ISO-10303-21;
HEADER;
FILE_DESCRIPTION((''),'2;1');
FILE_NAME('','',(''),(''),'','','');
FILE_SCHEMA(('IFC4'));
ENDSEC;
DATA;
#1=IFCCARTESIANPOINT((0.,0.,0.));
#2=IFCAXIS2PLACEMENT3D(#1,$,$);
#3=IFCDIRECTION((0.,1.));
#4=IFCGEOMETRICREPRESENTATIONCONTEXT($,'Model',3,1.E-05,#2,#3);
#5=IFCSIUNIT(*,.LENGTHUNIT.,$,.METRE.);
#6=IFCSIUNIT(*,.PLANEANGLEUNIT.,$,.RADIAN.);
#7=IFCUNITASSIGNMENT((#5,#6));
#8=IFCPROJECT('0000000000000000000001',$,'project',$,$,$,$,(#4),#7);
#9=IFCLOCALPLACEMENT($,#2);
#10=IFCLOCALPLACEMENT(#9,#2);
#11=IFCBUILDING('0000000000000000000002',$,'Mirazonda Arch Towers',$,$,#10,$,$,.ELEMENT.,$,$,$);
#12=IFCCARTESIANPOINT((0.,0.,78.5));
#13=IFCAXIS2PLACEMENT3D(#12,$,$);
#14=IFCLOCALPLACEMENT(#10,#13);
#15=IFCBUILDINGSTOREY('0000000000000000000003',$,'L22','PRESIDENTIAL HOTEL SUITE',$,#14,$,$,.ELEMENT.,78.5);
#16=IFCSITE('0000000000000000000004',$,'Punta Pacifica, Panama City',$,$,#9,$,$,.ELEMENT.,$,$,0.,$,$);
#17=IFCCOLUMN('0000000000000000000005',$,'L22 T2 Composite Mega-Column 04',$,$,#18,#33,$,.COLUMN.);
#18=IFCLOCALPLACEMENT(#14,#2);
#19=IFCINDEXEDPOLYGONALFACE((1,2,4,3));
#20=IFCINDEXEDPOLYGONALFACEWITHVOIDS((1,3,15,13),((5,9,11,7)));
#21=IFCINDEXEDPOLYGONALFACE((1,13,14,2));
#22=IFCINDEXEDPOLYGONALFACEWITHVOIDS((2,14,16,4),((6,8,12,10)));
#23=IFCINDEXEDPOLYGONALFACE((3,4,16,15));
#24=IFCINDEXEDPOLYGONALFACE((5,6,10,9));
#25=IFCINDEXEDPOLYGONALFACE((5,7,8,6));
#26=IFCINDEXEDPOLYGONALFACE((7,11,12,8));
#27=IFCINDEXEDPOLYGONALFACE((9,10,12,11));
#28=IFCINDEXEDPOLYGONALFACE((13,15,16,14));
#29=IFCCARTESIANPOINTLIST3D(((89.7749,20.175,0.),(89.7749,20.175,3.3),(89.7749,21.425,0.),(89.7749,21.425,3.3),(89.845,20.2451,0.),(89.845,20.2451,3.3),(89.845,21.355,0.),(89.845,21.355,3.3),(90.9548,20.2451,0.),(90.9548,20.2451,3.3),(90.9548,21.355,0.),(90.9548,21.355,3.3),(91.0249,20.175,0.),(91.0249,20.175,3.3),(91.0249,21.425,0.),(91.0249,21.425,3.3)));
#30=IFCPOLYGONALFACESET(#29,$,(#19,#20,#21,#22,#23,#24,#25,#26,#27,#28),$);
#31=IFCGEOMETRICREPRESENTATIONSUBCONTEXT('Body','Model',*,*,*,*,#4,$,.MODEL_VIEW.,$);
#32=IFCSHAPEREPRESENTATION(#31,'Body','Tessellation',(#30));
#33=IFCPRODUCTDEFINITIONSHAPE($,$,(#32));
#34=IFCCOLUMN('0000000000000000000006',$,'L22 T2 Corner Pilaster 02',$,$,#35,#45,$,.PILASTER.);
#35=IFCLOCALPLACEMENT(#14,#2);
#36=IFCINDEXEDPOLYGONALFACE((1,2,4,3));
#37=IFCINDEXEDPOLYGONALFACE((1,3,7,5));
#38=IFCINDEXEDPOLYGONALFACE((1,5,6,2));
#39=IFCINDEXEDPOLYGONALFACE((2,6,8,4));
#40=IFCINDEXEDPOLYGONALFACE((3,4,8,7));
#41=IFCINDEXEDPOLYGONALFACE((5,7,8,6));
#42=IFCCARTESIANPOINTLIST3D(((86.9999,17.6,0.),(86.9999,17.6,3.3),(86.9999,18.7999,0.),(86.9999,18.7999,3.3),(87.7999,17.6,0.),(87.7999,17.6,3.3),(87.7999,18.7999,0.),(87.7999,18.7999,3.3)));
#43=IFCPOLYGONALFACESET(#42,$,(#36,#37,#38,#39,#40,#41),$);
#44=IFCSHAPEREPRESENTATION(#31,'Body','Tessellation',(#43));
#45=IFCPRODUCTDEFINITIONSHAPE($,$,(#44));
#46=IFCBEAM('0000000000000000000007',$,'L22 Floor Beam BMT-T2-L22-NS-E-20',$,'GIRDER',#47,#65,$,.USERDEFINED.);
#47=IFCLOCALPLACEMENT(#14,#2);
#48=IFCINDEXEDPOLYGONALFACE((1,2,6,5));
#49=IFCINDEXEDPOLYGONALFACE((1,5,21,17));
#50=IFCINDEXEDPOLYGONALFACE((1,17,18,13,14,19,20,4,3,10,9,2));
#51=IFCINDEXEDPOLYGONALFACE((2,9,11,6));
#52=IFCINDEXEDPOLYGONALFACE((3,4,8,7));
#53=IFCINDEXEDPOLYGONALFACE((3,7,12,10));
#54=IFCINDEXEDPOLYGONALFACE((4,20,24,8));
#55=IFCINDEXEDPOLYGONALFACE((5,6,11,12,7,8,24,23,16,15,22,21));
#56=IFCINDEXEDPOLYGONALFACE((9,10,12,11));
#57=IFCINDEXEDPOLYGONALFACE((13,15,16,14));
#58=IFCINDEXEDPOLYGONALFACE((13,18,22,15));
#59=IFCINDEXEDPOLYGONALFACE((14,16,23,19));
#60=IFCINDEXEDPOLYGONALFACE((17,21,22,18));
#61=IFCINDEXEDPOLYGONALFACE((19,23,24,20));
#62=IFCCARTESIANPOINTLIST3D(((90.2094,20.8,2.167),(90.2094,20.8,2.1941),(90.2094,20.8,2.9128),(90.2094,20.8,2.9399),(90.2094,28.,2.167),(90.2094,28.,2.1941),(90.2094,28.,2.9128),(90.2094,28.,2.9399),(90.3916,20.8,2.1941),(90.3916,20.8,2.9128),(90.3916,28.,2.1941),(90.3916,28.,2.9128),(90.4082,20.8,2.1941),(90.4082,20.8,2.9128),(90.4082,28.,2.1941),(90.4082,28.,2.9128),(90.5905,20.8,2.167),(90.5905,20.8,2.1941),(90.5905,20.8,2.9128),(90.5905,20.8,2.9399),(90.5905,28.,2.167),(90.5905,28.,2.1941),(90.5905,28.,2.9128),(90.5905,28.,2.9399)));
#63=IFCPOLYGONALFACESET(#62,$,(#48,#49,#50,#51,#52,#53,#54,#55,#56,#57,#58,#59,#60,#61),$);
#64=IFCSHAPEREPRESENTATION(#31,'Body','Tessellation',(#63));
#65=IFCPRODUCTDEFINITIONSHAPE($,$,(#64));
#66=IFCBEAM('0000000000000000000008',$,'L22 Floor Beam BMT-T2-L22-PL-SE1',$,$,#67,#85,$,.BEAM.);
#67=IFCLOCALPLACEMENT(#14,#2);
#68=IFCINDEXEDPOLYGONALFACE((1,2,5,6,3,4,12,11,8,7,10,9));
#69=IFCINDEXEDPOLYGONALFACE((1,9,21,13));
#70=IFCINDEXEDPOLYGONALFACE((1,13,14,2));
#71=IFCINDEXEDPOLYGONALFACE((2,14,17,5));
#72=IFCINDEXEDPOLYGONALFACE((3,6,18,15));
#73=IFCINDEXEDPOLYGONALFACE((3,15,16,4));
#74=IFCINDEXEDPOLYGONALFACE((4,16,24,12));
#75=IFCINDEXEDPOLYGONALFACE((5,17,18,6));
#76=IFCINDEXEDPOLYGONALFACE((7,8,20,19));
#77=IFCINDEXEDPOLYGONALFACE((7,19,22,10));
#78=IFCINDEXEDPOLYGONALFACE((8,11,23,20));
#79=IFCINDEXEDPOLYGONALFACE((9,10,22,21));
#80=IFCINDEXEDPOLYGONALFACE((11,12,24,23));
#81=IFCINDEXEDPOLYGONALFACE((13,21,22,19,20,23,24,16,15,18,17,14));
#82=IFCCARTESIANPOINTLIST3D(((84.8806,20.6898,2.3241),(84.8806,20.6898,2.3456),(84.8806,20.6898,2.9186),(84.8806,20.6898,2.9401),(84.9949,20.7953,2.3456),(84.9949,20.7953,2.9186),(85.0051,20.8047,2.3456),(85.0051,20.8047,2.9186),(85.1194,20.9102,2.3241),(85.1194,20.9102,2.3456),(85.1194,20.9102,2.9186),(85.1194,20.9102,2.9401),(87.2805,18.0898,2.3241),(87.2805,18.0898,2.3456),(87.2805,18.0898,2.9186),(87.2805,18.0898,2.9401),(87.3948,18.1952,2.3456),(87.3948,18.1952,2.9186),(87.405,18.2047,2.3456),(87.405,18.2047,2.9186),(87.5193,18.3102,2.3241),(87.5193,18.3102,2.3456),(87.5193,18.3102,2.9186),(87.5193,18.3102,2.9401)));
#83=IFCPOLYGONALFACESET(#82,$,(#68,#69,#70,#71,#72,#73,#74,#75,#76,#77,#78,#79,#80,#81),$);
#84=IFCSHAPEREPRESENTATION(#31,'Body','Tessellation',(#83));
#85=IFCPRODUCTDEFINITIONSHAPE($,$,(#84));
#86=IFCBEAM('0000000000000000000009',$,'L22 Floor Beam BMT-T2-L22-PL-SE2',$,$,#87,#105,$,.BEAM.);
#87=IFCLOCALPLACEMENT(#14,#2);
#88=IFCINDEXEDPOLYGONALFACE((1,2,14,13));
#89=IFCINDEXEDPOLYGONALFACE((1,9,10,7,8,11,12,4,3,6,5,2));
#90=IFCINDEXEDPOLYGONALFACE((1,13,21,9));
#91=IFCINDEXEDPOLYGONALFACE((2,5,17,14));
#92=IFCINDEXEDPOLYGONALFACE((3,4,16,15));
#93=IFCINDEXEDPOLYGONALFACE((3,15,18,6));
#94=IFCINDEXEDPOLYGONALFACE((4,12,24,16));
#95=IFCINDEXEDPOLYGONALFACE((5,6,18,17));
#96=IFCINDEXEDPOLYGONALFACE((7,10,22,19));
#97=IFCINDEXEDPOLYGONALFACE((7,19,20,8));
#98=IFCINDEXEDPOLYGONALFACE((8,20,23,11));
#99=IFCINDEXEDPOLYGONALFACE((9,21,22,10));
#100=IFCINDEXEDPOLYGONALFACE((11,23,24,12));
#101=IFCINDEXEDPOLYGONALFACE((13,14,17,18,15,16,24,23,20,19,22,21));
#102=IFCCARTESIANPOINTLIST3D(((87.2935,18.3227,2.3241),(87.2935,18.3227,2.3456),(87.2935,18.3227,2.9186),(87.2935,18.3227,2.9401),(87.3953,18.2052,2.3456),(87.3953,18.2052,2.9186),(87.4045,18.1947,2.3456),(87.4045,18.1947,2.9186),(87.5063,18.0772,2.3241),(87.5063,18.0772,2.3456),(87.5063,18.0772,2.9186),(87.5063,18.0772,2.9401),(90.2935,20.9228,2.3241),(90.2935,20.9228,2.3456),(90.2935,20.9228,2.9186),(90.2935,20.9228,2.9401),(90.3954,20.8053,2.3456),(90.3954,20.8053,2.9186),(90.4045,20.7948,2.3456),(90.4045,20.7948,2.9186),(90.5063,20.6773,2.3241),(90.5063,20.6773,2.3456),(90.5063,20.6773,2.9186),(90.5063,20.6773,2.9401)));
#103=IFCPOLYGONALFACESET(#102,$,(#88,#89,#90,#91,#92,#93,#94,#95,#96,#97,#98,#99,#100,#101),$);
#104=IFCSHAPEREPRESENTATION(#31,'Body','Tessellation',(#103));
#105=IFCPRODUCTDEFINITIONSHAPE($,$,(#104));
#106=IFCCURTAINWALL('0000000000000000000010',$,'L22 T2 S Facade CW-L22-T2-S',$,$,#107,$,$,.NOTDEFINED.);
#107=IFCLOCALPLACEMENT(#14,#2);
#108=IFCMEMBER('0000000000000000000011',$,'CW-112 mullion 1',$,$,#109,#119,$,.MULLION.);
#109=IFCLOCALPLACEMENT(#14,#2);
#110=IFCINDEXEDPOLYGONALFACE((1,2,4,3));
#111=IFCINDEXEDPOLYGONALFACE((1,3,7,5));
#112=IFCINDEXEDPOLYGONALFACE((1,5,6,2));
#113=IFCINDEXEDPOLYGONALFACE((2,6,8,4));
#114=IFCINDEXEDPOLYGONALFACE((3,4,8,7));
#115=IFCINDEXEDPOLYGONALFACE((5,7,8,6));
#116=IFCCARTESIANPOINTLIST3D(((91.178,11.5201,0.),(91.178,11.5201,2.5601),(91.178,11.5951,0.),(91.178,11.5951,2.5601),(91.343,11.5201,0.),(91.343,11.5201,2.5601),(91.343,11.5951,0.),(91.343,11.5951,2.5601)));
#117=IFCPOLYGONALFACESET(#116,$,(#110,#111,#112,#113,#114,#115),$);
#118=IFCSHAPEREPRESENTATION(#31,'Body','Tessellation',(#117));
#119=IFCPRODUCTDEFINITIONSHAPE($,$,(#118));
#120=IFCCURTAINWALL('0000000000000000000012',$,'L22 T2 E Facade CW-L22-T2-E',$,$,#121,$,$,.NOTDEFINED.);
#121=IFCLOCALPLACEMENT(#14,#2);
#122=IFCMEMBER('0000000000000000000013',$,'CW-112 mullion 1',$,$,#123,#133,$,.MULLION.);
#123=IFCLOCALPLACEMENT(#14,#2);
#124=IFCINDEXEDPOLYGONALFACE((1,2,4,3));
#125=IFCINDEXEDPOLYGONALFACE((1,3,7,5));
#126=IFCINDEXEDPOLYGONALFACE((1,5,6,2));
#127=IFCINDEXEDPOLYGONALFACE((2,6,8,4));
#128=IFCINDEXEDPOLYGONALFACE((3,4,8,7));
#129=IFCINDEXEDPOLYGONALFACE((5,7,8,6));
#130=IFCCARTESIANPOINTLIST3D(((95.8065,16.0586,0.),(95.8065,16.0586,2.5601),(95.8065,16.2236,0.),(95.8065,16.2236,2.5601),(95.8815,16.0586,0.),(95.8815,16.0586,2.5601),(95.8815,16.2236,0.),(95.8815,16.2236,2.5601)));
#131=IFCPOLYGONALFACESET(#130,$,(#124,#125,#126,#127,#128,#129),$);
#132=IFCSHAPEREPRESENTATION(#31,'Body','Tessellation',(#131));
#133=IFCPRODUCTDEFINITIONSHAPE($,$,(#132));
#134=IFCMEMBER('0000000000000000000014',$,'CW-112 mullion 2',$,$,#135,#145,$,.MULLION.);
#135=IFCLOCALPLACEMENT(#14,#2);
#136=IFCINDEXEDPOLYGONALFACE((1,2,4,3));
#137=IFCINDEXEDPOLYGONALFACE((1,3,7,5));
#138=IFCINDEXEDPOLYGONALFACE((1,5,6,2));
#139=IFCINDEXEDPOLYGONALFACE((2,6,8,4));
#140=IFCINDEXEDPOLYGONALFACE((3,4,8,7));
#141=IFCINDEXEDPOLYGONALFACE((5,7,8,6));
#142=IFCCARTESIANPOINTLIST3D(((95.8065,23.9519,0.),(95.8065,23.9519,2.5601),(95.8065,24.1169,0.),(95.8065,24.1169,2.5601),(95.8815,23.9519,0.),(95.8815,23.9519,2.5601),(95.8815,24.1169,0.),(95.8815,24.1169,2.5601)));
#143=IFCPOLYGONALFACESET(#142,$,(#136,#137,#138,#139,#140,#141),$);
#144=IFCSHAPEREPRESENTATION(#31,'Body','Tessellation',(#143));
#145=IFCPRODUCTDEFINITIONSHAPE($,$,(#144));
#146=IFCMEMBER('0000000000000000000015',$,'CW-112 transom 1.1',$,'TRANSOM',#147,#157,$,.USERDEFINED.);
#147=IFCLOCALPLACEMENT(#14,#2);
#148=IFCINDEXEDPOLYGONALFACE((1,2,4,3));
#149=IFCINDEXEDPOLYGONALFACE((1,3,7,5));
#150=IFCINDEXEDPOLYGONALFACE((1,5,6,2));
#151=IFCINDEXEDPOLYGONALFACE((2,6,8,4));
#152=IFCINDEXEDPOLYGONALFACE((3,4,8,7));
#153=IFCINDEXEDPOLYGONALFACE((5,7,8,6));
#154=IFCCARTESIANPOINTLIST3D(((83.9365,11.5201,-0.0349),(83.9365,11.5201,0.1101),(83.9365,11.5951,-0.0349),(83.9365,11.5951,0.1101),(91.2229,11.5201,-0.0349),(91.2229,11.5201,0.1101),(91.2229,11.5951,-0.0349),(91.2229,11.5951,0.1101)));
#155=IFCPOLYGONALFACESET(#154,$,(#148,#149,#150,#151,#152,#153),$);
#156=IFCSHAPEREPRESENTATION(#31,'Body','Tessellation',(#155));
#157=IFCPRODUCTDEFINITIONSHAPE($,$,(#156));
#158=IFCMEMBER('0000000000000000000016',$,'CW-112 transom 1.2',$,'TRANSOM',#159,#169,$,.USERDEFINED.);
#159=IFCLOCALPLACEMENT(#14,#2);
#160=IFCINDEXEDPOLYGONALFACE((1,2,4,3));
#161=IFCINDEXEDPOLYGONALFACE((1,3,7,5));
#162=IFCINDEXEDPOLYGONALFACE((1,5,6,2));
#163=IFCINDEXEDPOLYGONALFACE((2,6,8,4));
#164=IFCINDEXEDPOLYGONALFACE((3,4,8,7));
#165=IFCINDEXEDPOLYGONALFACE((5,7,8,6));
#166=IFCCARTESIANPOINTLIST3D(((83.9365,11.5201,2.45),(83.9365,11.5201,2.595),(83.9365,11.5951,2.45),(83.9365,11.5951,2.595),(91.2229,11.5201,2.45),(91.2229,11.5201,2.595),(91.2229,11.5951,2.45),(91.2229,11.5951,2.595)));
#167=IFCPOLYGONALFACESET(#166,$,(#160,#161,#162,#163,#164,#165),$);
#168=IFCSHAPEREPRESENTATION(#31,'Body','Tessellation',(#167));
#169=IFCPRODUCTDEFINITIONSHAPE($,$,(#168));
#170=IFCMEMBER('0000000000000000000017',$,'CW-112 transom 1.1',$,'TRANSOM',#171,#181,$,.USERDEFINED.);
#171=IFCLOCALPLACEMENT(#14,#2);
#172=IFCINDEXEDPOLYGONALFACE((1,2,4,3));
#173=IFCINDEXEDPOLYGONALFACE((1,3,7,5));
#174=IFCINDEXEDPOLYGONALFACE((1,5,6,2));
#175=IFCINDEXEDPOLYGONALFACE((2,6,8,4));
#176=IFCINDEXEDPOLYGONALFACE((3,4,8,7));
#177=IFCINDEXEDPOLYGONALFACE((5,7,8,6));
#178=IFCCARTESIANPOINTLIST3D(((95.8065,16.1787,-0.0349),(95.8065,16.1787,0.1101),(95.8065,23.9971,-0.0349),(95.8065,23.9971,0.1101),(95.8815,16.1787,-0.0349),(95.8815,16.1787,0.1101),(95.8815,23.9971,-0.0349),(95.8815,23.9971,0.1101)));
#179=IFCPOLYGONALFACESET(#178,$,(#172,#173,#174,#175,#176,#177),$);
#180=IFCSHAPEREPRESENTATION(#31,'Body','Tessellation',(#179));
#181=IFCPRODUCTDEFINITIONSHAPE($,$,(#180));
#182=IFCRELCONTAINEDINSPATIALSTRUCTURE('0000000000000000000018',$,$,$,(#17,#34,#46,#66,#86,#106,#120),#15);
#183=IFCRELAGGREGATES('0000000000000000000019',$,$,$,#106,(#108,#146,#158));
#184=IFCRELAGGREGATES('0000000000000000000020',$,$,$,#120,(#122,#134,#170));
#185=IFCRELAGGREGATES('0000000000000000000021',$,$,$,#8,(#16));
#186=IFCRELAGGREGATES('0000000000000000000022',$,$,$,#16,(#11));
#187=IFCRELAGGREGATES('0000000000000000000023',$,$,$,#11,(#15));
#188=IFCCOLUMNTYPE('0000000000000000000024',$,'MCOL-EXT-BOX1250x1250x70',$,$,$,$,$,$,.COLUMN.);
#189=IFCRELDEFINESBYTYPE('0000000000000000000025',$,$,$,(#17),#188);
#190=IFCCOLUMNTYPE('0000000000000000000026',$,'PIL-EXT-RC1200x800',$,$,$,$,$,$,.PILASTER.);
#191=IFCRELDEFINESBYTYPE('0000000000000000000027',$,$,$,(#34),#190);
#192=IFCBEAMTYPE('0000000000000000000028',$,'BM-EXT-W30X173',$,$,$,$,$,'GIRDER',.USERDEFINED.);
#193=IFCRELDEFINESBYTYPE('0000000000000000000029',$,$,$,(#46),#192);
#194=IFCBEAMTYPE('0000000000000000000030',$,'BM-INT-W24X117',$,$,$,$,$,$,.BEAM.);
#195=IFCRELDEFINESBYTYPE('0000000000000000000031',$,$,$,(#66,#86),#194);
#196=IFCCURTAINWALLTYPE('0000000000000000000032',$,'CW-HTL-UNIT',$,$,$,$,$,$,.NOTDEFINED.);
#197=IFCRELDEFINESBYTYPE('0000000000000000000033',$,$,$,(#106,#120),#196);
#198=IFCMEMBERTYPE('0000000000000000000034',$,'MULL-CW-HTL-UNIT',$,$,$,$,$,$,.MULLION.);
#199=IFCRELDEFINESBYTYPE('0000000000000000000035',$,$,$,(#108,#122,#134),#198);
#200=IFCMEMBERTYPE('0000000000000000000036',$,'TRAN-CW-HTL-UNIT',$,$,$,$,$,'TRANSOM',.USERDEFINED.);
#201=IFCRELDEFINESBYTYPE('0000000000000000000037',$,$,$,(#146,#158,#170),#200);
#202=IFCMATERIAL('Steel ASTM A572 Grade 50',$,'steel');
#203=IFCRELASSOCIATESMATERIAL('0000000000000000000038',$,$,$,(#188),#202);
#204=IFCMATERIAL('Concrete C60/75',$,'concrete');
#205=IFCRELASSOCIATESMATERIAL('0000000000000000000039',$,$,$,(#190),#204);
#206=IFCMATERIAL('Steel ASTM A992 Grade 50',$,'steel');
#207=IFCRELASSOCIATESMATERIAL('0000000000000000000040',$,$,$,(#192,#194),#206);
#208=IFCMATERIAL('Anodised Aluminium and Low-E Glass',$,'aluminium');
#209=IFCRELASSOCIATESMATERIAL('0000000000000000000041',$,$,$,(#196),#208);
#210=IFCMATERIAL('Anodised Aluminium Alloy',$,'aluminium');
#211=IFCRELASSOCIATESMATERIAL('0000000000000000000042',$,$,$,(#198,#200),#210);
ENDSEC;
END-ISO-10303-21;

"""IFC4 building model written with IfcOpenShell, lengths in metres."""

from ifc_helpers import new_model, si_unit, direction, frame, origin, origin_2d, place, context, subcontext, project, spatial, rectangle, hollow_rectangle, i_section, extrude, material, material_profile, profile_set, type_object, element, aggregate, save


model = new_model("IFC4")

# Units and contexts
model_context = context("Model", 3, precision=1e-05, world=origin(), true_north=direction((0.0, 1.0)))
body_context = subcontext(model_context, "Body", "Model", "MODEL_VIEW")
ifc_project = project(units=[si_unit("LENGTHUNIT", "METRE"), si_unit("PLANEANGLEUNIT", "RADIAN")], contexts=[model_context])

# Site, building, storey
site_placement = place(None, origin())
site = spatial("IfcSite", under=ifc_project, at=site_placement, Name="Punta Pacifica, Panama City", CompositionType="ELEMENT", RefElevation=0.0)
building_placement = place(site_placement, origin())
building = spatial("IfcBuilding", under=site, at=building_placement, Name="Mirazonda Arch Towers", CompositionType="ELEMENT")
storey_placement = place(building_placement, frame((0.0, 0.0, 78.5)))
storey = spatial("IfcBuildingStorey", under=building, at=storey_placement, Name="L22", Description="PRESIDENTIAL HOTEL SUITE", CompositionType="ELEMENT", Elevation=78.5)

# Columns
ifc_material_1 = material(Name="Steel ASTM A572 Grade 50", Category="steel")
ifc_material_profile_1 = material_profile(ifc_material_1, hollow_rectangle(XDim=1.25, YDim=1.25, WallThickness=0.0701, at=origin_2d()), Name="BOX1250x1250x70")
ifc_profile_set_1 = profile_set([ifc_material_profile_1], Name="Steel ASTM A572 Grade 50")
column_type_1 = type_object("IfcColumnType", Name="MCOL-EXT-BOX1250x1250x70", PredefinedType="COLUMN", material=ifc_profile_set_1)
column_1_placement = place(storey_placement, frame((90.3999, 20.8, 0.0), z_axis=(0.0, 0.0, 1.0), x_axis=(1.0, 0.0, 0.0)))
element("IfcColumn", 1, at=column_1_placement, inside=storey, type_object=column_type_1, Name="L22 T2 Composite Mega-Column 04", PredefinedType="COLUMN", context=body_context, shape_type="SweptSolid", body=[
    extrude(hollow_rectangle(XDim=1.25, YDim=1.25, WallThickness=0.0701, at=origin_2d()), origin(), (0.0, 0.0, 1.0), 3.3),
])
ifc_material_2 = material(Name="Concrete C60/75", Category="concrete")
ifc_material_profile_2 = material_profile(ifc_material_2, rectangle(XDim=0.8, YDim=1.2, at=origin_2d()), Name="RC1200x800")
ifc_profile_set_2 = profile_set([ifc_material_profile_2], Name="Concrete C60/75")
column_type_2 = type_object("IfcColumnType", Name="PIL-EXT-RC1200x800", PredefinedType="PILASTER", material=ifc_profile_set_2)
column_2_placement = place(storey_placement, frame((87.3999, 18.2, 0.0), z_axis=(0.0, 0.0, 1.0), x_axis=(1.0, 0.0, 0.0)))
element("IfcColumn", 2, at=column_2_placement, inside=storey, type_object=column_type_2, Name="L22 T2 Corner Pilaster 02", PredefinedType="PILASTER", context=body_context, shape_type="SweptSolid", body=[
    extrude(rectangle(XDim=0.8, YDim=1.2, at=origin_2d()), origin(), (0.0, 0.0, 1.0), 3.3),
])

# Beams
ifc_material_3 = material(Name="Steel ASTM A992 Grade 50", Category="steel")
ifc_material_profile_3 = material_profile(ifc_material_3, i_section(OverallWidth=0.3811, OverallDepth=0.7729, WebThickness=0.0166, FlangeThickness=0.0271, at=origin_2d()), Name="W30X173")
ifc_profile_set_3 = profile_set([ifc_material_profile_3], Name="Steel ASTM A992 Grade 50")
beam_type_1 = type_object("IfcBeamType", Name="BM-EXT-W30X173", ElementType="GIRDER", PredefinedType="USERDEFINED", material=ifc_profile_set_3)
beam_1_placement = place(storey_placement, frame((90.3999, 20.8, 2.5535), z_axis=(0.0, 1.0, 0.0), x_axis=(-1.0, 0.0, 0.0)))
element("IfcBeam", 3, at=beam_1_placement, inside=storey, type_object=beam_type_1, Name="L22 Floor Beam BMT-T2-L22-NS-E-20", ObjectType="GIRDER", PredefinedType="USERDEFINED", context=body_context, shape_type="SweptSolid", body=[
    extrude(i_section(OverallWidth=0.3811, OverallDepth=0.7729, WebThickness=0.0166, FlangeThickness=0.0271, at=origin_2d()), origin(), (0.0, 0.0, 1.0), 7.2),
])
ifc_material_profile_4 = material_profile(ifc_material_3, i_section(OverallWidth=0.325, OverallDepth=0.616, WebThickness=0.0139, FlangeThickness=0.0215, at=origin_2d()), Name="W24X117")
ifc_profile_set_4 = profile_set([ifc_material_profile_4], Name="Steel ASTM A992 Grade 50")
beam_type_2 = type_object("IfcBeamType", Name="BM-INT-W24X117", PredefinedType="BEAM", material=ifc_profile_set_4)
beam_2_placement = place(storey_placement, frame((87.3999, 18.2, 2.6321), z_axis=(-0.678251, 0.73483, 0.0), x_axis=(-0.73483, -0.678251, 0.0)))
element("IfcBeam", 4, at=beam_2_placement, inside=storey, type_object=beam_type_2, Name="L22 Floor Beam BMT-T2-L22-PL-SE1", PredefinedType="BEAM", context=body_context, shape_type="SweptSolid", body=[
    extrude(i_section(OverallWidth=0.325, OverallDepth=0.616, WebThickness=0.0139, FlangeThickness=0.0215, at=origin_2d()), origin(), (0.0, 0.0, 1.0), 3.5383),
])
beam_3_placement = place(storey_placement, frame((87.3999, 18.2, 2.6321), z_axis=(0.755677, 0.654945, 0.0), x_axis=(-0.654945, 0.755677, 0.0)))
element("IfcBeam", 5, at=beam_3_placement, inside=storey, type_object=beam_type_2, Name="L22 Floor Beam BMT-T2-L22-PL-SE2", PredefinedType="BEAM", context=body_context, shape_type="SweptSolid", body=[
    extrude(i_section(OverallWidth=0.325, OverallDepth=0.616, WebThickness=0.0139, FlangeThickness=0.0215, at=origin_2d()), origin(), (0.0, 0.0, 1.0), 3.97),
])

# Curtain wall, member
ifc_material_4 = material(Name="Anodised Aluminium and Low-E Glass", Category="aluminium")
curtain_wall_type = type_object("IfcCurtainWallType", Name="CW-HTL-UNIT", PredefinedType="NOTDEFINED", material=ifc_material_4)
curtain_wall_1_placement = place(storey_placement, origin())
curtain_wall_1 = element("IfcCurtainWall", 6, at=curtain_wall_1_placement, inside=storey, type_object=curtain_wall_type, Name="L22 T2 S Facade CW-L22-T2-S", PredefinedType="NOTDEFINED")
ifc_material_5 = material(Name="Anodised Aluminium Alloy", Category="aluminium")
ifc_material_profile_5 = material_profile(ifc_material_5, rectangle(XDim=0.075, YDim=0.165, at=origin_2d()), Name="ALU-MULL-75x165")
ifc_profile_set_5 = profile_set([ifc_material_profile_5], Name="Anodised Aluminium Alloy")
member_type_1 = type_object("IfcMemberType", Name="MULL-CW-HTL-UNIT", PredefinedType="MULLION", material=ifc_profile_set_5)
member_1_placement = place(storey_placement, frame((91.2605, 11.5576, 0.0), z_axis=(0.0, 0.0, 1.0), x_axis=(0.0, -1.0, 0.0)))
member_1 = element("IfcMember", 7, at=member_1_placement, type_object=member_type_1, Name="CW-112 mullion 1", PredefinedType="MULLION", context=body_context, shape_type="SweptSolid", body=[
    extrude(rectangle(XDim=0.075, YDim=0.165, at=origin_2d()), origin(), (0.0, 0.0, 1.0), 2.5601),
])

# Curtain wall, members
curtain_wall_2_placement = place(storey_placement, origin())
curtain_wall_2 = element("IfcCurtainWall", 8, at=curtain_wall_2_placement, inside=storey, type_object=curtain_wall_type, Name="L22 T2 E Facade CW-L22-T2-E", PredefinedType="NOTDEFINED")
member_2_placement = place(storey_placement, frame((95.844, 16.1411, 0.0), z_axis=(0.0, 0.0, 1.0), x_axis=(-1.0, 0.0, 0.0)))
member_2 = element("IfcMember", 9, at=member_2_placement, type_object=member_type_1, Name="CW-112 mullion 1", PredefinedType="MULLION", context=body_context, shape_type="SweptSolid", body=[
    extrude(rectangle(XDim=0.075, YDim=0.165, at=origin_2d()), origin(), (0.0, 0.0, 1.0), 2.5601),
])
member_3_placement = place(storey_placement, frame((95.844, 24.0344, 0.0), z_axis=(0.0, 0.0, 1.0), x_axis=(-1.0, 0.0, 0.0)))
member_3 = element("IfcMember", 10, at=member_3_placement, type_object=member_type_1, Name="CW-112 mullion 2", PredefinedType="MULLION", context=body_context, shape_type="SweptSolid", body=[
    extrude(rectangle(XDim=0.075, YDim=0.165, at=origin_2d()), origin(), (0.0, 0.0, 1.0), 2.5601),
])

# Members
ifc_material_profile_6 = material_profile(ifc_material_5, rectangle(XDim=0.075, YDim=0.145, at=origin_2d()), Name="ALU-TRAN-75x145")
ifc_profile_set_6 = profile_set([ifc_material_profile_6], Name="Anodised Aluminium Alloy")
member_type_2 = type_object("IfcMemberType", Name="TRAN-CW-HTL-UNIT", ElementType="TRANSOM", PredefinedType="USERDEFINED", material=ifc_profile_set_6)
member_4_placement = place(storey_placement, frame((91.2229, 11.5576, 0.0376), z_axis=(-1.0, 0.0, 0.0), x_axis=(0.0, -1.0, 0.0)))
member_4 = element("IfcMember", 11, at=member_4_placement, type_object=member_type_2, Name="CW-112 transom 1.1", ObjectType="TRANSOM", PredefinedType="USERDEFINED", context=body_context, shape_type="SweptSolid", body=[
    extrude(rectangle(XDim=0.075, YDim=0.145, at=origin_2d()), origin(), (0.0, 0.0, 1.0), 7.2864),
])
member_5_placement = place(storey_placement, frame((91.2229, 11.5576, 2.5225), z_axis=(-1.0, 0.0, 0.0), x_axis=(0.0, -1.0, 0.0)))
member_5 = element("IfcMember", 12, at=member_5_placement, type_object=member_type_2, Name="CW-112 transom 1.2", ObjectType="TRANSOM", PredefinedType="USERDEFINED", context=body_context, shape_type="SweptSolid", body=[
    extrude(rectangle(XDim=0.075, YDim=0.145, at=origin_2d()), origin(), (0.0, 0.0, 1.0), 7.2864),
])
member_6_placement = place(storey_placement, frame((95.844, 16.1787, 0.0376), z_axis=(0.0, 1.0, 0.0), x_axis=(-1.0, 0.0, 0.0)))
member_6 = element("IfcMember", 13, at=member_6_placement, type_object=member_type_2, Name="CW-112 transom 1.1", ObjectType="TRANSOM", PredefinedType="USERDEFINED", context=body_context, shape_type="SweptSolid", body=[
    extrude(rectangle(XDim=0.075, YDim=0.145, at=origin_2d()), origin(), (0.0, 0.0, 1.0), 7.8184),
])

aggregate(curtain_wall_1, [member_1, member_4, member_5])
aggregate(curtain_wall_2, [member_2, member_3, member_6])

save(model, "model.ifc")
